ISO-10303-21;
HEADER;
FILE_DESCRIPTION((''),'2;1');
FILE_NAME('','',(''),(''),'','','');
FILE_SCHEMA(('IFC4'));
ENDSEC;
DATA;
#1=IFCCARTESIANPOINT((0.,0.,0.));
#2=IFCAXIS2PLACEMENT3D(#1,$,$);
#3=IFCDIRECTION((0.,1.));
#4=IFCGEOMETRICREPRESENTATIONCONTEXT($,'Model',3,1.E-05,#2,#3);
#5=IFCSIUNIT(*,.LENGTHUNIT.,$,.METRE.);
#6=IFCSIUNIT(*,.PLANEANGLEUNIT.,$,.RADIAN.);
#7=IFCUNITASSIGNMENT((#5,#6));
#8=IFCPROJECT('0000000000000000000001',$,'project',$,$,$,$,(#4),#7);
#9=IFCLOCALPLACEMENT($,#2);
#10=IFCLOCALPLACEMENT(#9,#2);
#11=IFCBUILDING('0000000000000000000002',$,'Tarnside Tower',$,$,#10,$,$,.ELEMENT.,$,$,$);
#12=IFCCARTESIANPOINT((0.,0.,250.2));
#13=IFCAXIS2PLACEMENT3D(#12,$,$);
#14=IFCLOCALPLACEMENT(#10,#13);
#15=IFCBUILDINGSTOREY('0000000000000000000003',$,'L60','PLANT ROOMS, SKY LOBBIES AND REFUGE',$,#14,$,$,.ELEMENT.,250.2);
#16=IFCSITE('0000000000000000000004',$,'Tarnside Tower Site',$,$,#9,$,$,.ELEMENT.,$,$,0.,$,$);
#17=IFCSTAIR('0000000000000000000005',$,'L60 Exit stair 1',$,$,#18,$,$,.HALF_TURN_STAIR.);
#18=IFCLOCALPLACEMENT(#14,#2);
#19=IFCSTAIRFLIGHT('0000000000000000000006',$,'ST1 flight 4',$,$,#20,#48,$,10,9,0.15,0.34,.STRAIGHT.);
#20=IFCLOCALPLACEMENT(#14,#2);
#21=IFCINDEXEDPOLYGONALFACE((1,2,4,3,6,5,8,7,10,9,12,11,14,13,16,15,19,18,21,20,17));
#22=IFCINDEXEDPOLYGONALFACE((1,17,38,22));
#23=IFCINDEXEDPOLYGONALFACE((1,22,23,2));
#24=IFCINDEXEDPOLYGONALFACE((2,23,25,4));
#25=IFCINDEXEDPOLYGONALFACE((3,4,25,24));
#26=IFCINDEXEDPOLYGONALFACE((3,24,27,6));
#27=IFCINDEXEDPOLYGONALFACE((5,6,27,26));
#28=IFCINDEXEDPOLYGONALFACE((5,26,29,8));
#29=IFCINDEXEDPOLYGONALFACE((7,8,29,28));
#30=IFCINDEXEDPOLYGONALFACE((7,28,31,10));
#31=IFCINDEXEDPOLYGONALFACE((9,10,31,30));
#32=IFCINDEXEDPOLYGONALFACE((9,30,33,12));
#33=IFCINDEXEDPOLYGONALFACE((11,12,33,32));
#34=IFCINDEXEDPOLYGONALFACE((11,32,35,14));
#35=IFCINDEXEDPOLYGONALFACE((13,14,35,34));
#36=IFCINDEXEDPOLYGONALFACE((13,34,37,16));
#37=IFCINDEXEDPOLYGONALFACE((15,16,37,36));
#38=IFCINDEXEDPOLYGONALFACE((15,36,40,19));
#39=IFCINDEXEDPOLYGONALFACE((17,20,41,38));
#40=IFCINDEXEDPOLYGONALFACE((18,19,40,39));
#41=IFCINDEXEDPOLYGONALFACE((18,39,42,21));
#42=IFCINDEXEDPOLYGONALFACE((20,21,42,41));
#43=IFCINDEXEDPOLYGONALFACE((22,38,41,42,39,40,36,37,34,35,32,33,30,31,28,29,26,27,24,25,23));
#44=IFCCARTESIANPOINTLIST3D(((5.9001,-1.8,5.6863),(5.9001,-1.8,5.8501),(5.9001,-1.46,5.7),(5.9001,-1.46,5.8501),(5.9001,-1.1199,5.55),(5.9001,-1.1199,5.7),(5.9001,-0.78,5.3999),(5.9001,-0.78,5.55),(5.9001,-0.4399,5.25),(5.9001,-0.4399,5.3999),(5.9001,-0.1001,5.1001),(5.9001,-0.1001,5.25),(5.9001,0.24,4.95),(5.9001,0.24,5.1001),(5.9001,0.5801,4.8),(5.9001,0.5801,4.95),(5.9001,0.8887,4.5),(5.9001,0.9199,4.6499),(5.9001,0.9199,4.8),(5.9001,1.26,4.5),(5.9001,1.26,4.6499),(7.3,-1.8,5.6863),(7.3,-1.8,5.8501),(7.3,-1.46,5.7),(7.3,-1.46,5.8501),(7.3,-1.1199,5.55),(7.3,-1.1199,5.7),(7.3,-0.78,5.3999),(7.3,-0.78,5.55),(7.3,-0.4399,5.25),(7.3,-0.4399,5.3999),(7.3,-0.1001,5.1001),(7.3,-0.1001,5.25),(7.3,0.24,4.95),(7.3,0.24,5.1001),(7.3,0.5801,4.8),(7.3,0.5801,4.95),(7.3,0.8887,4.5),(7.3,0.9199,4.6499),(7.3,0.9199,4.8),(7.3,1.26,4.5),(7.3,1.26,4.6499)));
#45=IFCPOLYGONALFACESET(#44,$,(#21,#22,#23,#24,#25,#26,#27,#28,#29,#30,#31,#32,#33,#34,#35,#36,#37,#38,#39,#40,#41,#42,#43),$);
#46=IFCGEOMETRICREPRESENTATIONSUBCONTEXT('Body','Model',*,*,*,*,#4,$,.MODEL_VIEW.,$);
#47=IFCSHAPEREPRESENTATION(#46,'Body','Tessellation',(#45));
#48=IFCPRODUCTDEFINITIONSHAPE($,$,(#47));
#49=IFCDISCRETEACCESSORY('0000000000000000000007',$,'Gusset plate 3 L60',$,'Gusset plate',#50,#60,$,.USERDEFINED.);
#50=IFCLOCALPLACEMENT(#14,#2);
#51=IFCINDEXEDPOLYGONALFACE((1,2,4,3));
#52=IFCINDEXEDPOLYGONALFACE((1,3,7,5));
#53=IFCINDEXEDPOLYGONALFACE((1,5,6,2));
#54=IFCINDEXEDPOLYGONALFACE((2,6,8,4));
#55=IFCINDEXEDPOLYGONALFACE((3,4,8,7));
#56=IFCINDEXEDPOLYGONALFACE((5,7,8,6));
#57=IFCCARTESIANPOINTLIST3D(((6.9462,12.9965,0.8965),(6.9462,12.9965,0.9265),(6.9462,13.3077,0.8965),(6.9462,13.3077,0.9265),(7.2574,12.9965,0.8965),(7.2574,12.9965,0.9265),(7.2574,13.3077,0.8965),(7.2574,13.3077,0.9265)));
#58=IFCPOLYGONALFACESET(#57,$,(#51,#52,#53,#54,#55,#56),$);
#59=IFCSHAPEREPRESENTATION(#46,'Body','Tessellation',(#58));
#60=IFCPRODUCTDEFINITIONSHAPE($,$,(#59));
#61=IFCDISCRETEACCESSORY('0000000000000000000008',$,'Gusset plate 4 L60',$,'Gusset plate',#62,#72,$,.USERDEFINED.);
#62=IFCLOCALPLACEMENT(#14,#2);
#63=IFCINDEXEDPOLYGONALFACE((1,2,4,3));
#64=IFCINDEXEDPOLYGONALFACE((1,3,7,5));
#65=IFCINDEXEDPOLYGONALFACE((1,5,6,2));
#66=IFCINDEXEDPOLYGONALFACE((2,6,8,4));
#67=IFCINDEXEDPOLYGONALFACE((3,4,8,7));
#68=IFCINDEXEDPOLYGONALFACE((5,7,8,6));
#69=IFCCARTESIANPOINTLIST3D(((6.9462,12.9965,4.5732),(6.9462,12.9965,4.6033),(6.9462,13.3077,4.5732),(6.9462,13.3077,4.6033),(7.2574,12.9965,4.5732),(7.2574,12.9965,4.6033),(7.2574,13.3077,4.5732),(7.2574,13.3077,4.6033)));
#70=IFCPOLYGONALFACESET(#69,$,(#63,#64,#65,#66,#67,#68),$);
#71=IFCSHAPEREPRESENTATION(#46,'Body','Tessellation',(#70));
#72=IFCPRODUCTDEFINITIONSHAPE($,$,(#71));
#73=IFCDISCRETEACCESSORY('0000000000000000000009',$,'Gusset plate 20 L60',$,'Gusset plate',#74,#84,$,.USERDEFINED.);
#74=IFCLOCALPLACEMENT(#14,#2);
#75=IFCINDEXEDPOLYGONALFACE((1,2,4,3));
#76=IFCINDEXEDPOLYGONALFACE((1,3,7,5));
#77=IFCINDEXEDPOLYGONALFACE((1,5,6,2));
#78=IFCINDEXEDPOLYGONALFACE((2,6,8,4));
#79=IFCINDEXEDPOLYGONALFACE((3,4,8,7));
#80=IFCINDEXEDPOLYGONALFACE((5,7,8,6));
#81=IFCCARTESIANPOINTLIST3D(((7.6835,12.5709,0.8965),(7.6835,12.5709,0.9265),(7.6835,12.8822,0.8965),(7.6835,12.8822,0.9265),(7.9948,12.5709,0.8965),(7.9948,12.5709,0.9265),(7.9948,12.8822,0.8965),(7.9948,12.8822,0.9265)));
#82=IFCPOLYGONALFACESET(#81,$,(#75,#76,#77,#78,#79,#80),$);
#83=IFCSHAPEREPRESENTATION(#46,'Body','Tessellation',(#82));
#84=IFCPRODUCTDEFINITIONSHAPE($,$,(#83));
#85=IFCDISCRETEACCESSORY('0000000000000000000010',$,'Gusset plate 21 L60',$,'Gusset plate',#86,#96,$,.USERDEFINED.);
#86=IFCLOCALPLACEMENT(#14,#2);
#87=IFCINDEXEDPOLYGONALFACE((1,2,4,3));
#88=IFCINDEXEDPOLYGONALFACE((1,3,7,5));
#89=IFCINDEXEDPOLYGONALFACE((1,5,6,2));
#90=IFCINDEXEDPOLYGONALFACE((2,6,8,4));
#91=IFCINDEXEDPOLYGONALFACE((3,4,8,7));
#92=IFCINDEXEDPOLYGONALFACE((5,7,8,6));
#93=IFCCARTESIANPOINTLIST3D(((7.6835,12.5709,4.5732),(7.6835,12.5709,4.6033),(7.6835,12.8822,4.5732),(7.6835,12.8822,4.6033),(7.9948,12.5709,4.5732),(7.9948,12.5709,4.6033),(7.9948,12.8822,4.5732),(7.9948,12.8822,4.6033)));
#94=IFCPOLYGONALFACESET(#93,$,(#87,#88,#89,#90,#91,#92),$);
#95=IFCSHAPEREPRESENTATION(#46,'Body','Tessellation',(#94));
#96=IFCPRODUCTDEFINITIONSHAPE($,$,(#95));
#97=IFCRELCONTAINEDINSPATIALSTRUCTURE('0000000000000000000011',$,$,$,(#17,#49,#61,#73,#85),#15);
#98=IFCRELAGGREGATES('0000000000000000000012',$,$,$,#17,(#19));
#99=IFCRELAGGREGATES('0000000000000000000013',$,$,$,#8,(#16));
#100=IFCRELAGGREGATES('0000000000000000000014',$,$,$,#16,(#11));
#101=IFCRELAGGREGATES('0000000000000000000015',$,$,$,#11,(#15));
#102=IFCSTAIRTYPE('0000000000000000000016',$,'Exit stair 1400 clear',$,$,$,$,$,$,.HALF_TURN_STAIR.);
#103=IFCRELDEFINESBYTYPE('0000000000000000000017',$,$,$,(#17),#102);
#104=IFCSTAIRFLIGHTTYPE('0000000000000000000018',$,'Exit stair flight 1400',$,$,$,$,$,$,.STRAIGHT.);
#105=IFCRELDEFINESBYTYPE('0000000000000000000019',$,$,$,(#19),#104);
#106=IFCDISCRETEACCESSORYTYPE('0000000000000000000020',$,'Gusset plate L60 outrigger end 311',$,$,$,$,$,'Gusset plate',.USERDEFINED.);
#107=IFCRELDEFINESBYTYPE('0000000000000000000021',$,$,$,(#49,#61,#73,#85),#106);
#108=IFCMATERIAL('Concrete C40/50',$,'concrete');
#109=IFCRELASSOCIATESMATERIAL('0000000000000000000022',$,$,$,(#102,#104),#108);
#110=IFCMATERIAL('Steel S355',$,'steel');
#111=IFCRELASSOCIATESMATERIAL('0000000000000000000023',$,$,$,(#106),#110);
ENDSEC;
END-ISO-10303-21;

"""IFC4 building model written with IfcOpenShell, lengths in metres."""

from ifc_helpers import new_model, si_unit, direction, frame, origin, origin_2d, place, context, subcontext, project, spatial, polyline, rectangle, outline, extrude, material, type_object, element, aggregate, save


model = new_model("IFC4")

# Units and contexts
model_context = context("Model", 3, precision=1e-05, world=origin(), true_north=direction((0.0, 1.0)))
body_context = subcontext(model_context, "Body", "Model", "MODEL_VIEW")
ifc_project = project(units=[si_unit("LENGTHUNIT", "METRE"), si_unit("PLANEANGLEUNIT", "RADIAN")], contexts=[model_context])

# Site, building, storey
site_placement = place(None, origin())
site = spatial("IfcSite", under=ifc_project, at=site_placement, Name="Tarnside Tower Site", CompositionType="ELEMENT", RefElevation=0.0)
building_placement = place(site_placement, origin())
building = spatial("IfcBuilding", under=site, at=building_placement, Name="Tarnside Tower", CompositionType="ELEMENT")
storey_placement = place(building_placement, frame((0.0, 0.0, 250.2)))
storey = spatial("IfcBuildingStorey", under=building, at=storey_placement, Name="L60", Description="PLANT ROOMS, SKY LOBBIES AND REFUGE", CompositionType="ELEMENT", Elevation=250.2)

# Shared definitions
ifc_material_1 = material(Name="Steel S355", Category="steel")

# Shared definitions
ifc_material_2 = material(Name="Concrete C40/50", Category="concrete")

# Stair, stair flight
stair_type = type_object("IfcStairType", Name="Exit stair 1400 clear", PredefinedType="HALF_TURN_STAIR", material=ifc_material_2)
stair_placement = place(storey_placement, origin())
stair = element("IfcStair", 1, at=stair_placement, inside=storey, type_object=stair_type, Name="L60 Exit stair 1", PredefinedType="HALF_TURN_STAIR")
stair_flight_type = type_object("IfcStairFlightType", Name="Exit stair flight 1400", PredefinedType="STRAIGHT", material=ifc_material_2)
stair_flight_1_placement = place(storey_placement, frame((6.6001, 1.26, 4.5), z_axis=(0.0, 0.0, 1.0), x_axis=(0.0, -1.0, 0.0)))
stair_flight_1 = element("IfcStairFlight", 2, at=stair_flight_1_placement, type_object=stair_flight_type, Name="ST1 flight 4", NumberOfRisers=10, NumberOfTreads=9, PredefinedType="STRAIGHT", RiserHeight=0.15, TreadLength=0.34, context=body_context, shape_type="SweptSolid", body=[
    extrude(outline(polyline([(0.0, 0.0), (0.0, 0.1499), (0.3401, 0.1499), (0.3401, 0.3), (0.6799, 0.3), (0.6799, 0.45), (1.02, 0.45), (1.02, 0.6001), (1.3601, 0.6001), (1.3601, 0.75), (1.7, 0.75), (1.7, 0.8999), (2.04, 0.8999), (2.04, 1.05), (2.3799, 1.05), (2.3799, 1.2), (2.72, 1.2), (2.72, 1.3501), (3.0601, 1.3501), (3.0601, 1.5), (3.0601, 1.1863), (0.3713, 0.0), (0.0, 0.0)])), frame((0.0, 0.7, 0.0), z_axis=(0.0, -1.0, 0.0), x_axis=(1.0, 0.0, 0.0)), (0.0, 0.0, 1.0), 1.3999),
])
aggregate(stair, [stair_flight_1])

# Discrete accessories
discrete_accessory_type = type_object("IfcDiscreteAccessoryType", Name="Gusset plate L60 outrigger end 311", ElementType="Gusset plate", PredefinedType="USERDEFINED", material=ifc_material_1)
for number, where, z_axis, x_axis, name in (
    (3, (7.1018, 13.1521, 0.8965), (0.0, 0.0, 1.0), (1.0, 0.0, 0.0), "Gusset plate 3 L60"),
    (4, (7.1018, 13.1521, 4.5732), (0.0, 0.0, 1.0), (1.0, 0.0, 0.0), "Gusset plate 4 L60"),
    (5, (7.8391, 12.7266, 0.8965), (0.0, 0.0, 1.0), (1.0, 0.0, 0.0), "Gusset plate 20 L60"),
    (6, (7.8391, 12.7266, 4.5732), (0.0, 0.0, 1.0), (1.0, 0.0, 0.0), "Gusset plate 21 L60"),
):
    element("IfcDiscreteAccessory", number, at=place(storey_placement, frame(where, z_axis=z_axis, x_axis=x_axis)), inside=storey, type_object=discrete_accessory_type, Name=name, ObjectType="Gusset plate", PredefinedType="USERDEFINED", context=body_context, shape_type="SweptSolid", body=[
        extrude(rectangle(XDim=0.3113, YDim=0.3113, at=origin_2d()), origin(), (0.0, 0.0, 1.0), 0.03),
    ])

save(model, "model.ifc")
